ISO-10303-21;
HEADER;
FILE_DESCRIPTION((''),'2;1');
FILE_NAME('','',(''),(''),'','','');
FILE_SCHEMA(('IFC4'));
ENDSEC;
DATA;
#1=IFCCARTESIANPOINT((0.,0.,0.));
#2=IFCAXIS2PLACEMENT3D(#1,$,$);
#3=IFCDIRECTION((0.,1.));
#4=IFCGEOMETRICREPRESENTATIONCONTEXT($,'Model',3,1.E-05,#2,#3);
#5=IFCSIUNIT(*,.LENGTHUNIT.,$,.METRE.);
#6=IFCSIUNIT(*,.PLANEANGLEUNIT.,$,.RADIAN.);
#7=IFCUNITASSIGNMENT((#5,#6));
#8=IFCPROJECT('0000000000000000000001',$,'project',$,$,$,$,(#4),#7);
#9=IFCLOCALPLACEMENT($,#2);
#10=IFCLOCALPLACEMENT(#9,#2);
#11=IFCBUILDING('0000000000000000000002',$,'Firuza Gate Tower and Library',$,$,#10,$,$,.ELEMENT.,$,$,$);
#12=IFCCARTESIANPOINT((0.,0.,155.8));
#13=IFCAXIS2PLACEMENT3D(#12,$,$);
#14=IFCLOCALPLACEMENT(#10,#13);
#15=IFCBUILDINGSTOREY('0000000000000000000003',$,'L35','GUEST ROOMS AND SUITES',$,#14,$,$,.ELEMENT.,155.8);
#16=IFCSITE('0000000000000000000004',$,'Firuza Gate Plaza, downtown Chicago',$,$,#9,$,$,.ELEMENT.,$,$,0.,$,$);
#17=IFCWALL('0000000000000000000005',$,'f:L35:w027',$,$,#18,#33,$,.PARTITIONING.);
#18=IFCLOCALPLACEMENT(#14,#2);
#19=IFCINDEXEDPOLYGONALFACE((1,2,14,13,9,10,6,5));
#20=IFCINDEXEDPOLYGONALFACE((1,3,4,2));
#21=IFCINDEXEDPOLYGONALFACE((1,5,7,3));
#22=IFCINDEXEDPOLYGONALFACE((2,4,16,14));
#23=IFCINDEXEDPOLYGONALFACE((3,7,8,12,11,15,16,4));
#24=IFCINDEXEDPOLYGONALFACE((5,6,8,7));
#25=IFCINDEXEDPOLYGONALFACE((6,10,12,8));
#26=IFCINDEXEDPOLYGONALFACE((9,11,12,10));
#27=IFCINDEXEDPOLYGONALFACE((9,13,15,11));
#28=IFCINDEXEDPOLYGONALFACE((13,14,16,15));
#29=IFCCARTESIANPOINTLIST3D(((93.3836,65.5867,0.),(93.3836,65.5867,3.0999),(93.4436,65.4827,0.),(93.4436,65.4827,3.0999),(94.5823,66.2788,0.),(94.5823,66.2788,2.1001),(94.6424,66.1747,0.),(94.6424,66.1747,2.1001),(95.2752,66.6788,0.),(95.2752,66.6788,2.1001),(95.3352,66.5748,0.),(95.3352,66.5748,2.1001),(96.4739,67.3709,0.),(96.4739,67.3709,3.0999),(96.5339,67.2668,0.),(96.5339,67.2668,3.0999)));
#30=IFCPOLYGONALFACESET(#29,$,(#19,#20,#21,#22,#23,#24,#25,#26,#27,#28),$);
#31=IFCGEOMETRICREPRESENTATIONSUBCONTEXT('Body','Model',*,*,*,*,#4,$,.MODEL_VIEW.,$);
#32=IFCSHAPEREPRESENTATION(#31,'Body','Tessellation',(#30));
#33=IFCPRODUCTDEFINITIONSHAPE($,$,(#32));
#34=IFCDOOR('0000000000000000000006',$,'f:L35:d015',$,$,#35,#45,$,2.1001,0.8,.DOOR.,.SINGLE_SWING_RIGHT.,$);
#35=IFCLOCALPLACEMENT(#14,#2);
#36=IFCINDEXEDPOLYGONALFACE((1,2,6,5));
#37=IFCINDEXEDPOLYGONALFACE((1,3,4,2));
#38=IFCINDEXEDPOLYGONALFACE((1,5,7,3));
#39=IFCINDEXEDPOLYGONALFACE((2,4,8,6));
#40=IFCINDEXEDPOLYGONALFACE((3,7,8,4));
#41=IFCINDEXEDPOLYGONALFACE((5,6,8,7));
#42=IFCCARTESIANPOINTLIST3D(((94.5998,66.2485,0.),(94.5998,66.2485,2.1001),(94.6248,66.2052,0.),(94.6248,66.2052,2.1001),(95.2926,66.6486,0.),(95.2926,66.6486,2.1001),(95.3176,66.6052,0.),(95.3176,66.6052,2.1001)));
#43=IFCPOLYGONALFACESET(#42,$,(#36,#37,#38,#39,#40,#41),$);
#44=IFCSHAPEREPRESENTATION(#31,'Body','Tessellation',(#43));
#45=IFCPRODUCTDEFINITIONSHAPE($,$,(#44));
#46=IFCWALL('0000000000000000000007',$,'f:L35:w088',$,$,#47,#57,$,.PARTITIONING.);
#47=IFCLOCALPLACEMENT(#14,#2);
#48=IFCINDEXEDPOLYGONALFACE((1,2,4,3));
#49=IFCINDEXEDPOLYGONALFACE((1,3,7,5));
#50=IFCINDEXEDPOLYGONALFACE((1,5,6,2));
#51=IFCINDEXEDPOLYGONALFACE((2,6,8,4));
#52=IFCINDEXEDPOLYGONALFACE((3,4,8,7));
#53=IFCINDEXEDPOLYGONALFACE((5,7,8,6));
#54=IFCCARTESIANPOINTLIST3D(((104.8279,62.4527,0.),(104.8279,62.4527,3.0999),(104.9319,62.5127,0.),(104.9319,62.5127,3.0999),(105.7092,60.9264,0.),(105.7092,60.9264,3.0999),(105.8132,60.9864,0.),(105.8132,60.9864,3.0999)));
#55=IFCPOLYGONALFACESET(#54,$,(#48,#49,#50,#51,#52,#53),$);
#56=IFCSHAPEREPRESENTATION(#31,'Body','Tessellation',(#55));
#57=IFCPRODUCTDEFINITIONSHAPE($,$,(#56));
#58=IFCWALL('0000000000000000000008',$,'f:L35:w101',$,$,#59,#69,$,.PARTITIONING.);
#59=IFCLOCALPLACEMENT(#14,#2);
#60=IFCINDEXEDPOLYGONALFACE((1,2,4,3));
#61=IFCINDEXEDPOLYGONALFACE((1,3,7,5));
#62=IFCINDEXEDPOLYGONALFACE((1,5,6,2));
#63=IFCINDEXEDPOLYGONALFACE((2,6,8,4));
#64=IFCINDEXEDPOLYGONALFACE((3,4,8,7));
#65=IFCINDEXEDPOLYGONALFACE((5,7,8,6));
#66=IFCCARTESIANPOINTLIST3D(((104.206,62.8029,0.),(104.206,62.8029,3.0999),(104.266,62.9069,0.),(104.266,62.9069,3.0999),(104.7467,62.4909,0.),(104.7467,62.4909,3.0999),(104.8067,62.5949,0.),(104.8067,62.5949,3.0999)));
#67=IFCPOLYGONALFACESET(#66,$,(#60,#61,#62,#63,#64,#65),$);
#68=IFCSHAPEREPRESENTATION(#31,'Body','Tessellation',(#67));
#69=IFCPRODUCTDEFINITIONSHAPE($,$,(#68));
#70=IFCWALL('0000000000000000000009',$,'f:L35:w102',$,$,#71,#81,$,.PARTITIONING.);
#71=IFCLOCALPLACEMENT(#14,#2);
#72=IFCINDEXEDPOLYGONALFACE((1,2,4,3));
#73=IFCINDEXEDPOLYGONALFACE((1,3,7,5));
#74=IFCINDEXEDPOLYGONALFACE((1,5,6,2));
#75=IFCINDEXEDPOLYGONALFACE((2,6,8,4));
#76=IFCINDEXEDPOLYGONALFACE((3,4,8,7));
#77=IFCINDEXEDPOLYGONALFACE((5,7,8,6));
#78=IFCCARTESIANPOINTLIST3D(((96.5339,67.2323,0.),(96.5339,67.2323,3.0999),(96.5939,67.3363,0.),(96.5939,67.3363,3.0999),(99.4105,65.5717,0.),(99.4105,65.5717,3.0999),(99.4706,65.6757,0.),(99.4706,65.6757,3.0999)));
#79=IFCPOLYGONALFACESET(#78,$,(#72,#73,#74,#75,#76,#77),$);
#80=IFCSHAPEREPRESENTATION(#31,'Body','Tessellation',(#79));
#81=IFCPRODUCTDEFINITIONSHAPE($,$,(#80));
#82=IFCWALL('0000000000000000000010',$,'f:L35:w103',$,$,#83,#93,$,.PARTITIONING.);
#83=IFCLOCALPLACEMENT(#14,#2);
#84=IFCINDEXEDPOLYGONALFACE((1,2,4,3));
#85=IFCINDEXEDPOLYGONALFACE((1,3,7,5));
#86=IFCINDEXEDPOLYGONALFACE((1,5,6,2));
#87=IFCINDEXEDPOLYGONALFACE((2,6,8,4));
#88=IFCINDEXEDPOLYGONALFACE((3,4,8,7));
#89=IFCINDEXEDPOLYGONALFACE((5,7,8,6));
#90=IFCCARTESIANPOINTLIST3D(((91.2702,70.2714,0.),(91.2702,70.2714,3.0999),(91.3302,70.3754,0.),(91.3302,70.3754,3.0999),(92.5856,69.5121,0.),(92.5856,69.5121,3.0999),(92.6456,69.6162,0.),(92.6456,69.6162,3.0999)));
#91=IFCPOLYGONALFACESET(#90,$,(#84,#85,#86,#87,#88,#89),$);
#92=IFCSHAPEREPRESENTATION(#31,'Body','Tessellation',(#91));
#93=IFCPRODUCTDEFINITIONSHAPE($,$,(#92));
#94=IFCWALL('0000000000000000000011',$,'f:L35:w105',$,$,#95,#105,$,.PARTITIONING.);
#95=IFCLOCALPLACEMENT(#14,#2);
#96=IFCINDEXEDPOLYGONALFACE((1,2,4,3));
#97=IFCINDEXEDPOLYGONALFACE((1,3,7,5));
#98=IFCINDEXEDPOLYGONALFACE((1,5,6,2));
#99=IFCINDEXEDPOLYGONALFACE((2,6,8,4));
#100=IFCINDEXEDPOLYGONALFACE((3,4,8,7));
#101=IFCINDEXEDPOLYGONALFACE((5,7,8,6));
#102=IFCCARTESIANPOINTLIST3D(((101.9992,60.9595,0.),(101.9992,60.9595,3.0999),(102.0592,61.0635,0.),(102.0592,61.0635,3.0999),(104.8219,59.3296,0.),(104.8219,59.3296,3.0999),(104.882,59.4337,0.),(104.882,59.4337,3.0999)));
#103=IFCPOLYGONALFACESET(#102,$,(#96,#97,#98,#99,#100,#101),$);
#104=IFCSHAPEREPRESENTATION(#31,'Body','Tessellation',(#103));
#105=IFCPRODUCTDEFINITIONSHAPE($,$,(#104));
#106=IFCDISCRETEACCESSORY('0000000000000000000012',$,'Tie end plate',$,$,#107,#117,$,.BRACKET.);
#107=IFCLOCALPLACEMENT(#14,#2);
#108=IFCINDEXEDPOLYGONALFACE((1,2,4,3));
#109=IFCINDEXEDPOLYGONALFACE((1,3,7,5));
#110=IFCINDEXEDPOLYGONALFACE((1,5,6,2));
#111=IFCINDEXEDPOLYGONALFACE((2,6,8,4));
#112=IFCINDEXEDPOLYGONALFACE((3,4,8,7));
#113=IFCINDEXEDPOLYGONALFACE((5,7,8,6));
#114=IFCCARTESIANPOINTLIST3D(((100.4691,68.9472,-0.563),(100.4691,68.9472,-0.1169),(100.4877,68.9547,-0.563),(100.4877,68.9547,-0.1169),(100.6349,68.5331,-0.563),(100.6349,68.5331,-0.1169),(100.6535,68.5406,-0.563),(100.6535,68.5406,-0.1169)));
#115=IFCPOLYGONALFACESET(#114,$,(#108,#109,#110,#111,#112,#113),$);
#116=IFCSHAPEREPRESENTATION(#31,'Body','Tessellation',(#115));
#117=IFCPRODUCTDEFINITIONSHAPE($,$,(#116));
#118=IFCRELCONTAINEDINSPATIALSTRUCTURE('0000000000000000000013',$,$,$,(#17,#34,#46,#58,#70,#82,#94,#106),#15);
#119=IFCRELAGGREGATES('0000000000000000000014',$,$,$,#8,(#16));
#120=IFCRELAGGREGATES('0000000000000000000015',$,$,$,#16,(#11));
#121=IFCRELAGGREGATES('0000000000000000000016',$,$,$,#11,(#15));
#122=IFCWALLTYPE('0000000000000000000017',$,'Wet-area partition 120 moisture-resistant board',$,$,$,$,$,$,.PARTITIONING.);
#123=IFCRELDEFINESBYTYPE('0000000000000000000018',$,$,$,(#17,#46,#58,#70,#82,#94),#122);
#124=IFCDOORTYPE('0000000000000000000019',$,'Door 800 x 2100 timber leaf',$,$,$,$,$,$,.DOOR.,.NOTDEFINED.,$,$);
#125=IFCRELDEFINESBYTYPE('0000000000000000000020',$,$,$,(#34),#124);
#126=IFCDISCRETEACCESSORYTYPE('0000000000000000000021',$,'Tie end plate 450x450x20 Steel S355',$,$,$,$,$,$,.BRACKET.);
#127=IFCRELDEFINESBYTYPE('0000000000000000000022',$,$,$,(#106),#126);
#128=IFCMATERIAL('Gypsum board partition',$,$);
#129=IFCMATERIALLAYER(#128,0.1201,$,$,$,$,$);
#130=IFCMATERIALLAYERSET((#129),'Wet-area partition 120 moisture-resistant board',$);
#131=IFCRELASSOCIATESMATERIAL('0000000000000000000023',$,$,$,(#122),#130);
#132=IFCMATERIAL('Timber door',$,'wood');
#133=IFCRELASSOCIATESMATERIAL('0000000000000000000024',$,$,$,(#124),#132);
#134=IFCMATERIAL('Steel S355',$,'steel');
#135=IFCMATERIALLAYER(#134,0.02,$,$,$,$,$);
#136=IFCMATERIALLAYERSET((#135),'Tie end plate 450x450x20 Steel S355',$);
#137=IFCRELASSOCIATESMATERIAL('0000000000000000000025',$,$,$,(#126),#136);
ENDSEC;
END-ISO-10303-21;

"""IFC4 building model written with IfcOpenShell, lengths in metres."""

from ifc_helpers import new_model, si_unit, direction, frame, frame_2d, origin, origin_2d, place, context, subcontext, project, spatial, rectangle, extrude, material, layer, layer_set, type_object, element, fill, save


model = new_model("IFC4")

# Units and contexts
model_context = context("Model", 3, precision=1e-05, world=origin(), true_north=direction((0.0, 1.0)))
body_context = subcontext(model_context, "Body", "Model", "MODEL_VIEW")
ifc_project = project(units=[si_unit("LENGTHUNIT", "METRE"), si_unit("PLANEANGLEUNIT", "RADIAN")], contexts=[model_context])

# Site, building, storey
site_placement = place(None, origin())
site = spatial("IfcSite", under=ifc_project, at=site_placement, Name="Firuza Gate Plaza, downtown Chicago", CompositionType="ELEMENT", RefElevation=0.0)
building_placement = place(site_placement, origin())
building = spatial("IfcBuilding", under=site, at=building_placement, Name="Firuza Gate Tower and Library", CompositionType="ELEMENT")
storey_placement = place(building_placement, frame((0.0, 0.0, 155.8)))
storey = spatial("IfcBuildingStorey", under=building, at=storey_placement, Name="L35", Description="GUEST ROOMS AND SUITES", CompositionType="ELEMENT", Elevation=155.8)

# Wall, opening, door
ifc_material_1 = material(Name="Gypsum board partition")
ifc_layer_1 = layer(ifc_material_1, 0.1201)
ifc_layer_set_1 = layer_set([ifc_layer_1], Name="Wet-area partition 120 moisture-resistant board")
wall_type_1 = type_object("IfcWallType", Name="Wet-area partition 120 moisture-resistant board", PredefinedType="PARTITIONING", material=ifc_layer_set_1)
ifc_material_2 = material(Name="Timber door", Category="wood")
door_type = type_object("IfcDoorType", Name="Door 800 x 2100 timber leaf", OperationType="NOTDEFINED", PredefinedType="DOOR", material=ifc_material_2)
wall_1_placement = place(storey_placement, frame((96.5039, 67.3188, 0.0), z_axis=(0.0, 0.0, 1.0), x_axis=(-0.866028, -0.499995, 0.0)))
wall_1 = element("IfcWall", 1, at=wall_1_placement, inside=storey, type_object=wall_type_1, Name="f:L35:w027", PredefinedType="PARTITIONING", context=body_context, shape_type="SweptSolid", body=[
    extrude(rectangle(XDim=3.5684, YDim=0.1201, at=frame_2d((1.7842, 0.0))), origin(), (0.0, 0.0, 1.0), 3.0999),
])
opening_1_placement = place(wall_1_placement, frame((1.3843, 0.0, 0.0)))
opening_1 = element("IfcOpeningElement", 2, at=opening_1_placement, cuts=wall_1, PredefinedType="OPENING", context=body_context, shape_type="SweptSolid", body=[
    extrude(rectangle(XDim=0.8, YDim=2.1001, at=frame_2d((0.3999, 1.05))), frame((0.0, 0.0701, 0.0), z_axis=(0.0, -1.0, 0.0), x_axis=(1.0, 0.0, 0.0)), (0.0, 0.0, 1.0), 0.1401),
])
door_1_placement = place(opening_1_placement, origin())
door_1 = element("IfcDoor", 3, at=door_1_placement, inside=storey, type_object=door_type, Name="f:L35:d015", OperationType="SINGLE_SWING_RIGHT", OverallHeight=2.1001, OverallWidth=0.8, PredefinedType="DOOR", context=body_context, shape_type="SweptSolid", body=[
    extrude(rectangle(XDim=0.8, YDim=2.1001, at=frame_2d((0.3999, 1.05))), frame((0.0, 0.0249, 0.0), z_axis=(0.0, -1.0, 0.0), x_axis=(1.0, 0.0, 0.0)), (0.0, 0.0, 1.0), 0.05),
])
fill(opening_1, door_1)

# Walls
wall_2_placement = place(storey_placement, frame((105.7612, 60.9563, 0.0), z_axis=(0.0, 0.0, 1.0), x_axis=(-0.500042, 0.866001, 0.0)))
element("IfcWall", 4, at=wall_2_placement, inside=storey, type_object=wall_type_1, Name="f:L35:w088", PredefinedType="PARTITIONING", context=body_context, shape_type="SweptSolid", body=[
    extrude(rectangle(XDim=1.7625, YDim=0.1201, at=frame_2d((0.8813, 0.0))), origin(), (0.0, 0.0, 1.0), 3.0999),
])
wall_3_placement = place(storey_placement, frame((104.7766, 62.543, 0.0), z_axis=(0.0, 0.0, 1.0), x_axis=(-0.866166, 0.499756, 0.0)))
element("IfcWall", 5, at=wall_3_placement, inside=storey, type_object=wall_type_1, Name="f:L35:w101", PredefinedType="PARTITIONING", context=body_context, shape_type="SweptSolid", body=[
    extrude(rectangle(XDim=0.6243, YDim=0.1201, at=frame_2d((0.312, 0.0))), origin(), (0.0, 0.0, 1.0), 3.0999),
])
wall_4_placement = place(storey_placement, frame((99.4404, 65.6238, 0.0), z_axis=(0.0, 0.0, 1.0), x_axis=(-0.866055, 0.499949, 0.0)))
element("IfcWall", 6, at=wall_4_placement, inside=storey, type_object=wall_type_1, Name="f:L35:w102", PredefinedType="PARTITIONING", context=body_context, shape_type="SweptSolid", body=[
    extrude(rectangle(XDim=3.3215, YDim=0.1201, at=frame_2d((1.6606, 0.0))), origin(), (0.0, 0.0, 1.0), 3.0999),
])
wall_5_placement = place(storey_placement, frame((92.6155, 69.5642, 0.0), z_axis=(0.0, 0.0, 1.0), x_axis=(-0.866079, 0.499908, 0.0)))
element("IfcWall", 7, at=wall_5_placement, inside=storey, type_object=wall_type_1, Name="f:L35:w103", PredefinedType="PARTITIONING", context=body_context, shape_type="SweptSolid", body=[
    extrude(rectangle(XDim=1.5188, YDim=0.1201, at=frame_2d((0.7593, 0.0))), origin(), (0.0, 0.0, 1.0), 3.0999),
])
wall_6_placement = place(storey_placement, frame((104.8521, 59.3816, 0.0), z_axis=(0.0, 0.0, 1.0), x_axis=(-0.866003, 0.500038, 0.0)))
element("IfcWall", 8, at=wall_6_placement, inside=storey, type_object=wall_type_1, Name="f:L35:w105", PredefinedType="PARTITIONING", context=body_context, shape_type="SweptSolid", body=[
    extrude(rectangle(XDim=3.2595, YDim=0.1201, at=frame_2d((1.6299, 0.0))), origin(), (0.0, 0.0, 1.0), 3.0999),
])

# Discrete accessory
ifc_material_3 = material(Name="Steel S355", Category="steel")
ifc_layer_2 = layer(ifc_material_3, 0.02)
ifc_layer_set_2 = layer_set([ifc_layer_2], Name="Tie end plate 450x450x20 Steel S355")
discrete_accessory_type = type_object("IfcDiscreteAccessoryType", Name="Tie end plate 450x450x20 Steel S355", PredefinedType="BRACKET", material=ifc_layer_set_2)
discrete_accessory_placement = place(storey_placement, frame((100.5613, 68.7439, -0.563), z_axis=(0.0, 0.0, 1.0), x_axis=(-0.928365, -0.371669, 0.0)))
element("IfcDiscreteAccessory", 9, at=discrete_accessory_placement, inside=storey, type_object=discrete_accessory_type, Name="Tie end plate", PredefinedType="BRACKET", context=body_context, shape_type="SweptSolid", body=[
    extrude(rectangle(XDim=0.02, YDim=0.446, at=origin_2d()), origin(), (0.0, 0.0, 1.0), 0.446),
])

save(model, "model.ifc")
